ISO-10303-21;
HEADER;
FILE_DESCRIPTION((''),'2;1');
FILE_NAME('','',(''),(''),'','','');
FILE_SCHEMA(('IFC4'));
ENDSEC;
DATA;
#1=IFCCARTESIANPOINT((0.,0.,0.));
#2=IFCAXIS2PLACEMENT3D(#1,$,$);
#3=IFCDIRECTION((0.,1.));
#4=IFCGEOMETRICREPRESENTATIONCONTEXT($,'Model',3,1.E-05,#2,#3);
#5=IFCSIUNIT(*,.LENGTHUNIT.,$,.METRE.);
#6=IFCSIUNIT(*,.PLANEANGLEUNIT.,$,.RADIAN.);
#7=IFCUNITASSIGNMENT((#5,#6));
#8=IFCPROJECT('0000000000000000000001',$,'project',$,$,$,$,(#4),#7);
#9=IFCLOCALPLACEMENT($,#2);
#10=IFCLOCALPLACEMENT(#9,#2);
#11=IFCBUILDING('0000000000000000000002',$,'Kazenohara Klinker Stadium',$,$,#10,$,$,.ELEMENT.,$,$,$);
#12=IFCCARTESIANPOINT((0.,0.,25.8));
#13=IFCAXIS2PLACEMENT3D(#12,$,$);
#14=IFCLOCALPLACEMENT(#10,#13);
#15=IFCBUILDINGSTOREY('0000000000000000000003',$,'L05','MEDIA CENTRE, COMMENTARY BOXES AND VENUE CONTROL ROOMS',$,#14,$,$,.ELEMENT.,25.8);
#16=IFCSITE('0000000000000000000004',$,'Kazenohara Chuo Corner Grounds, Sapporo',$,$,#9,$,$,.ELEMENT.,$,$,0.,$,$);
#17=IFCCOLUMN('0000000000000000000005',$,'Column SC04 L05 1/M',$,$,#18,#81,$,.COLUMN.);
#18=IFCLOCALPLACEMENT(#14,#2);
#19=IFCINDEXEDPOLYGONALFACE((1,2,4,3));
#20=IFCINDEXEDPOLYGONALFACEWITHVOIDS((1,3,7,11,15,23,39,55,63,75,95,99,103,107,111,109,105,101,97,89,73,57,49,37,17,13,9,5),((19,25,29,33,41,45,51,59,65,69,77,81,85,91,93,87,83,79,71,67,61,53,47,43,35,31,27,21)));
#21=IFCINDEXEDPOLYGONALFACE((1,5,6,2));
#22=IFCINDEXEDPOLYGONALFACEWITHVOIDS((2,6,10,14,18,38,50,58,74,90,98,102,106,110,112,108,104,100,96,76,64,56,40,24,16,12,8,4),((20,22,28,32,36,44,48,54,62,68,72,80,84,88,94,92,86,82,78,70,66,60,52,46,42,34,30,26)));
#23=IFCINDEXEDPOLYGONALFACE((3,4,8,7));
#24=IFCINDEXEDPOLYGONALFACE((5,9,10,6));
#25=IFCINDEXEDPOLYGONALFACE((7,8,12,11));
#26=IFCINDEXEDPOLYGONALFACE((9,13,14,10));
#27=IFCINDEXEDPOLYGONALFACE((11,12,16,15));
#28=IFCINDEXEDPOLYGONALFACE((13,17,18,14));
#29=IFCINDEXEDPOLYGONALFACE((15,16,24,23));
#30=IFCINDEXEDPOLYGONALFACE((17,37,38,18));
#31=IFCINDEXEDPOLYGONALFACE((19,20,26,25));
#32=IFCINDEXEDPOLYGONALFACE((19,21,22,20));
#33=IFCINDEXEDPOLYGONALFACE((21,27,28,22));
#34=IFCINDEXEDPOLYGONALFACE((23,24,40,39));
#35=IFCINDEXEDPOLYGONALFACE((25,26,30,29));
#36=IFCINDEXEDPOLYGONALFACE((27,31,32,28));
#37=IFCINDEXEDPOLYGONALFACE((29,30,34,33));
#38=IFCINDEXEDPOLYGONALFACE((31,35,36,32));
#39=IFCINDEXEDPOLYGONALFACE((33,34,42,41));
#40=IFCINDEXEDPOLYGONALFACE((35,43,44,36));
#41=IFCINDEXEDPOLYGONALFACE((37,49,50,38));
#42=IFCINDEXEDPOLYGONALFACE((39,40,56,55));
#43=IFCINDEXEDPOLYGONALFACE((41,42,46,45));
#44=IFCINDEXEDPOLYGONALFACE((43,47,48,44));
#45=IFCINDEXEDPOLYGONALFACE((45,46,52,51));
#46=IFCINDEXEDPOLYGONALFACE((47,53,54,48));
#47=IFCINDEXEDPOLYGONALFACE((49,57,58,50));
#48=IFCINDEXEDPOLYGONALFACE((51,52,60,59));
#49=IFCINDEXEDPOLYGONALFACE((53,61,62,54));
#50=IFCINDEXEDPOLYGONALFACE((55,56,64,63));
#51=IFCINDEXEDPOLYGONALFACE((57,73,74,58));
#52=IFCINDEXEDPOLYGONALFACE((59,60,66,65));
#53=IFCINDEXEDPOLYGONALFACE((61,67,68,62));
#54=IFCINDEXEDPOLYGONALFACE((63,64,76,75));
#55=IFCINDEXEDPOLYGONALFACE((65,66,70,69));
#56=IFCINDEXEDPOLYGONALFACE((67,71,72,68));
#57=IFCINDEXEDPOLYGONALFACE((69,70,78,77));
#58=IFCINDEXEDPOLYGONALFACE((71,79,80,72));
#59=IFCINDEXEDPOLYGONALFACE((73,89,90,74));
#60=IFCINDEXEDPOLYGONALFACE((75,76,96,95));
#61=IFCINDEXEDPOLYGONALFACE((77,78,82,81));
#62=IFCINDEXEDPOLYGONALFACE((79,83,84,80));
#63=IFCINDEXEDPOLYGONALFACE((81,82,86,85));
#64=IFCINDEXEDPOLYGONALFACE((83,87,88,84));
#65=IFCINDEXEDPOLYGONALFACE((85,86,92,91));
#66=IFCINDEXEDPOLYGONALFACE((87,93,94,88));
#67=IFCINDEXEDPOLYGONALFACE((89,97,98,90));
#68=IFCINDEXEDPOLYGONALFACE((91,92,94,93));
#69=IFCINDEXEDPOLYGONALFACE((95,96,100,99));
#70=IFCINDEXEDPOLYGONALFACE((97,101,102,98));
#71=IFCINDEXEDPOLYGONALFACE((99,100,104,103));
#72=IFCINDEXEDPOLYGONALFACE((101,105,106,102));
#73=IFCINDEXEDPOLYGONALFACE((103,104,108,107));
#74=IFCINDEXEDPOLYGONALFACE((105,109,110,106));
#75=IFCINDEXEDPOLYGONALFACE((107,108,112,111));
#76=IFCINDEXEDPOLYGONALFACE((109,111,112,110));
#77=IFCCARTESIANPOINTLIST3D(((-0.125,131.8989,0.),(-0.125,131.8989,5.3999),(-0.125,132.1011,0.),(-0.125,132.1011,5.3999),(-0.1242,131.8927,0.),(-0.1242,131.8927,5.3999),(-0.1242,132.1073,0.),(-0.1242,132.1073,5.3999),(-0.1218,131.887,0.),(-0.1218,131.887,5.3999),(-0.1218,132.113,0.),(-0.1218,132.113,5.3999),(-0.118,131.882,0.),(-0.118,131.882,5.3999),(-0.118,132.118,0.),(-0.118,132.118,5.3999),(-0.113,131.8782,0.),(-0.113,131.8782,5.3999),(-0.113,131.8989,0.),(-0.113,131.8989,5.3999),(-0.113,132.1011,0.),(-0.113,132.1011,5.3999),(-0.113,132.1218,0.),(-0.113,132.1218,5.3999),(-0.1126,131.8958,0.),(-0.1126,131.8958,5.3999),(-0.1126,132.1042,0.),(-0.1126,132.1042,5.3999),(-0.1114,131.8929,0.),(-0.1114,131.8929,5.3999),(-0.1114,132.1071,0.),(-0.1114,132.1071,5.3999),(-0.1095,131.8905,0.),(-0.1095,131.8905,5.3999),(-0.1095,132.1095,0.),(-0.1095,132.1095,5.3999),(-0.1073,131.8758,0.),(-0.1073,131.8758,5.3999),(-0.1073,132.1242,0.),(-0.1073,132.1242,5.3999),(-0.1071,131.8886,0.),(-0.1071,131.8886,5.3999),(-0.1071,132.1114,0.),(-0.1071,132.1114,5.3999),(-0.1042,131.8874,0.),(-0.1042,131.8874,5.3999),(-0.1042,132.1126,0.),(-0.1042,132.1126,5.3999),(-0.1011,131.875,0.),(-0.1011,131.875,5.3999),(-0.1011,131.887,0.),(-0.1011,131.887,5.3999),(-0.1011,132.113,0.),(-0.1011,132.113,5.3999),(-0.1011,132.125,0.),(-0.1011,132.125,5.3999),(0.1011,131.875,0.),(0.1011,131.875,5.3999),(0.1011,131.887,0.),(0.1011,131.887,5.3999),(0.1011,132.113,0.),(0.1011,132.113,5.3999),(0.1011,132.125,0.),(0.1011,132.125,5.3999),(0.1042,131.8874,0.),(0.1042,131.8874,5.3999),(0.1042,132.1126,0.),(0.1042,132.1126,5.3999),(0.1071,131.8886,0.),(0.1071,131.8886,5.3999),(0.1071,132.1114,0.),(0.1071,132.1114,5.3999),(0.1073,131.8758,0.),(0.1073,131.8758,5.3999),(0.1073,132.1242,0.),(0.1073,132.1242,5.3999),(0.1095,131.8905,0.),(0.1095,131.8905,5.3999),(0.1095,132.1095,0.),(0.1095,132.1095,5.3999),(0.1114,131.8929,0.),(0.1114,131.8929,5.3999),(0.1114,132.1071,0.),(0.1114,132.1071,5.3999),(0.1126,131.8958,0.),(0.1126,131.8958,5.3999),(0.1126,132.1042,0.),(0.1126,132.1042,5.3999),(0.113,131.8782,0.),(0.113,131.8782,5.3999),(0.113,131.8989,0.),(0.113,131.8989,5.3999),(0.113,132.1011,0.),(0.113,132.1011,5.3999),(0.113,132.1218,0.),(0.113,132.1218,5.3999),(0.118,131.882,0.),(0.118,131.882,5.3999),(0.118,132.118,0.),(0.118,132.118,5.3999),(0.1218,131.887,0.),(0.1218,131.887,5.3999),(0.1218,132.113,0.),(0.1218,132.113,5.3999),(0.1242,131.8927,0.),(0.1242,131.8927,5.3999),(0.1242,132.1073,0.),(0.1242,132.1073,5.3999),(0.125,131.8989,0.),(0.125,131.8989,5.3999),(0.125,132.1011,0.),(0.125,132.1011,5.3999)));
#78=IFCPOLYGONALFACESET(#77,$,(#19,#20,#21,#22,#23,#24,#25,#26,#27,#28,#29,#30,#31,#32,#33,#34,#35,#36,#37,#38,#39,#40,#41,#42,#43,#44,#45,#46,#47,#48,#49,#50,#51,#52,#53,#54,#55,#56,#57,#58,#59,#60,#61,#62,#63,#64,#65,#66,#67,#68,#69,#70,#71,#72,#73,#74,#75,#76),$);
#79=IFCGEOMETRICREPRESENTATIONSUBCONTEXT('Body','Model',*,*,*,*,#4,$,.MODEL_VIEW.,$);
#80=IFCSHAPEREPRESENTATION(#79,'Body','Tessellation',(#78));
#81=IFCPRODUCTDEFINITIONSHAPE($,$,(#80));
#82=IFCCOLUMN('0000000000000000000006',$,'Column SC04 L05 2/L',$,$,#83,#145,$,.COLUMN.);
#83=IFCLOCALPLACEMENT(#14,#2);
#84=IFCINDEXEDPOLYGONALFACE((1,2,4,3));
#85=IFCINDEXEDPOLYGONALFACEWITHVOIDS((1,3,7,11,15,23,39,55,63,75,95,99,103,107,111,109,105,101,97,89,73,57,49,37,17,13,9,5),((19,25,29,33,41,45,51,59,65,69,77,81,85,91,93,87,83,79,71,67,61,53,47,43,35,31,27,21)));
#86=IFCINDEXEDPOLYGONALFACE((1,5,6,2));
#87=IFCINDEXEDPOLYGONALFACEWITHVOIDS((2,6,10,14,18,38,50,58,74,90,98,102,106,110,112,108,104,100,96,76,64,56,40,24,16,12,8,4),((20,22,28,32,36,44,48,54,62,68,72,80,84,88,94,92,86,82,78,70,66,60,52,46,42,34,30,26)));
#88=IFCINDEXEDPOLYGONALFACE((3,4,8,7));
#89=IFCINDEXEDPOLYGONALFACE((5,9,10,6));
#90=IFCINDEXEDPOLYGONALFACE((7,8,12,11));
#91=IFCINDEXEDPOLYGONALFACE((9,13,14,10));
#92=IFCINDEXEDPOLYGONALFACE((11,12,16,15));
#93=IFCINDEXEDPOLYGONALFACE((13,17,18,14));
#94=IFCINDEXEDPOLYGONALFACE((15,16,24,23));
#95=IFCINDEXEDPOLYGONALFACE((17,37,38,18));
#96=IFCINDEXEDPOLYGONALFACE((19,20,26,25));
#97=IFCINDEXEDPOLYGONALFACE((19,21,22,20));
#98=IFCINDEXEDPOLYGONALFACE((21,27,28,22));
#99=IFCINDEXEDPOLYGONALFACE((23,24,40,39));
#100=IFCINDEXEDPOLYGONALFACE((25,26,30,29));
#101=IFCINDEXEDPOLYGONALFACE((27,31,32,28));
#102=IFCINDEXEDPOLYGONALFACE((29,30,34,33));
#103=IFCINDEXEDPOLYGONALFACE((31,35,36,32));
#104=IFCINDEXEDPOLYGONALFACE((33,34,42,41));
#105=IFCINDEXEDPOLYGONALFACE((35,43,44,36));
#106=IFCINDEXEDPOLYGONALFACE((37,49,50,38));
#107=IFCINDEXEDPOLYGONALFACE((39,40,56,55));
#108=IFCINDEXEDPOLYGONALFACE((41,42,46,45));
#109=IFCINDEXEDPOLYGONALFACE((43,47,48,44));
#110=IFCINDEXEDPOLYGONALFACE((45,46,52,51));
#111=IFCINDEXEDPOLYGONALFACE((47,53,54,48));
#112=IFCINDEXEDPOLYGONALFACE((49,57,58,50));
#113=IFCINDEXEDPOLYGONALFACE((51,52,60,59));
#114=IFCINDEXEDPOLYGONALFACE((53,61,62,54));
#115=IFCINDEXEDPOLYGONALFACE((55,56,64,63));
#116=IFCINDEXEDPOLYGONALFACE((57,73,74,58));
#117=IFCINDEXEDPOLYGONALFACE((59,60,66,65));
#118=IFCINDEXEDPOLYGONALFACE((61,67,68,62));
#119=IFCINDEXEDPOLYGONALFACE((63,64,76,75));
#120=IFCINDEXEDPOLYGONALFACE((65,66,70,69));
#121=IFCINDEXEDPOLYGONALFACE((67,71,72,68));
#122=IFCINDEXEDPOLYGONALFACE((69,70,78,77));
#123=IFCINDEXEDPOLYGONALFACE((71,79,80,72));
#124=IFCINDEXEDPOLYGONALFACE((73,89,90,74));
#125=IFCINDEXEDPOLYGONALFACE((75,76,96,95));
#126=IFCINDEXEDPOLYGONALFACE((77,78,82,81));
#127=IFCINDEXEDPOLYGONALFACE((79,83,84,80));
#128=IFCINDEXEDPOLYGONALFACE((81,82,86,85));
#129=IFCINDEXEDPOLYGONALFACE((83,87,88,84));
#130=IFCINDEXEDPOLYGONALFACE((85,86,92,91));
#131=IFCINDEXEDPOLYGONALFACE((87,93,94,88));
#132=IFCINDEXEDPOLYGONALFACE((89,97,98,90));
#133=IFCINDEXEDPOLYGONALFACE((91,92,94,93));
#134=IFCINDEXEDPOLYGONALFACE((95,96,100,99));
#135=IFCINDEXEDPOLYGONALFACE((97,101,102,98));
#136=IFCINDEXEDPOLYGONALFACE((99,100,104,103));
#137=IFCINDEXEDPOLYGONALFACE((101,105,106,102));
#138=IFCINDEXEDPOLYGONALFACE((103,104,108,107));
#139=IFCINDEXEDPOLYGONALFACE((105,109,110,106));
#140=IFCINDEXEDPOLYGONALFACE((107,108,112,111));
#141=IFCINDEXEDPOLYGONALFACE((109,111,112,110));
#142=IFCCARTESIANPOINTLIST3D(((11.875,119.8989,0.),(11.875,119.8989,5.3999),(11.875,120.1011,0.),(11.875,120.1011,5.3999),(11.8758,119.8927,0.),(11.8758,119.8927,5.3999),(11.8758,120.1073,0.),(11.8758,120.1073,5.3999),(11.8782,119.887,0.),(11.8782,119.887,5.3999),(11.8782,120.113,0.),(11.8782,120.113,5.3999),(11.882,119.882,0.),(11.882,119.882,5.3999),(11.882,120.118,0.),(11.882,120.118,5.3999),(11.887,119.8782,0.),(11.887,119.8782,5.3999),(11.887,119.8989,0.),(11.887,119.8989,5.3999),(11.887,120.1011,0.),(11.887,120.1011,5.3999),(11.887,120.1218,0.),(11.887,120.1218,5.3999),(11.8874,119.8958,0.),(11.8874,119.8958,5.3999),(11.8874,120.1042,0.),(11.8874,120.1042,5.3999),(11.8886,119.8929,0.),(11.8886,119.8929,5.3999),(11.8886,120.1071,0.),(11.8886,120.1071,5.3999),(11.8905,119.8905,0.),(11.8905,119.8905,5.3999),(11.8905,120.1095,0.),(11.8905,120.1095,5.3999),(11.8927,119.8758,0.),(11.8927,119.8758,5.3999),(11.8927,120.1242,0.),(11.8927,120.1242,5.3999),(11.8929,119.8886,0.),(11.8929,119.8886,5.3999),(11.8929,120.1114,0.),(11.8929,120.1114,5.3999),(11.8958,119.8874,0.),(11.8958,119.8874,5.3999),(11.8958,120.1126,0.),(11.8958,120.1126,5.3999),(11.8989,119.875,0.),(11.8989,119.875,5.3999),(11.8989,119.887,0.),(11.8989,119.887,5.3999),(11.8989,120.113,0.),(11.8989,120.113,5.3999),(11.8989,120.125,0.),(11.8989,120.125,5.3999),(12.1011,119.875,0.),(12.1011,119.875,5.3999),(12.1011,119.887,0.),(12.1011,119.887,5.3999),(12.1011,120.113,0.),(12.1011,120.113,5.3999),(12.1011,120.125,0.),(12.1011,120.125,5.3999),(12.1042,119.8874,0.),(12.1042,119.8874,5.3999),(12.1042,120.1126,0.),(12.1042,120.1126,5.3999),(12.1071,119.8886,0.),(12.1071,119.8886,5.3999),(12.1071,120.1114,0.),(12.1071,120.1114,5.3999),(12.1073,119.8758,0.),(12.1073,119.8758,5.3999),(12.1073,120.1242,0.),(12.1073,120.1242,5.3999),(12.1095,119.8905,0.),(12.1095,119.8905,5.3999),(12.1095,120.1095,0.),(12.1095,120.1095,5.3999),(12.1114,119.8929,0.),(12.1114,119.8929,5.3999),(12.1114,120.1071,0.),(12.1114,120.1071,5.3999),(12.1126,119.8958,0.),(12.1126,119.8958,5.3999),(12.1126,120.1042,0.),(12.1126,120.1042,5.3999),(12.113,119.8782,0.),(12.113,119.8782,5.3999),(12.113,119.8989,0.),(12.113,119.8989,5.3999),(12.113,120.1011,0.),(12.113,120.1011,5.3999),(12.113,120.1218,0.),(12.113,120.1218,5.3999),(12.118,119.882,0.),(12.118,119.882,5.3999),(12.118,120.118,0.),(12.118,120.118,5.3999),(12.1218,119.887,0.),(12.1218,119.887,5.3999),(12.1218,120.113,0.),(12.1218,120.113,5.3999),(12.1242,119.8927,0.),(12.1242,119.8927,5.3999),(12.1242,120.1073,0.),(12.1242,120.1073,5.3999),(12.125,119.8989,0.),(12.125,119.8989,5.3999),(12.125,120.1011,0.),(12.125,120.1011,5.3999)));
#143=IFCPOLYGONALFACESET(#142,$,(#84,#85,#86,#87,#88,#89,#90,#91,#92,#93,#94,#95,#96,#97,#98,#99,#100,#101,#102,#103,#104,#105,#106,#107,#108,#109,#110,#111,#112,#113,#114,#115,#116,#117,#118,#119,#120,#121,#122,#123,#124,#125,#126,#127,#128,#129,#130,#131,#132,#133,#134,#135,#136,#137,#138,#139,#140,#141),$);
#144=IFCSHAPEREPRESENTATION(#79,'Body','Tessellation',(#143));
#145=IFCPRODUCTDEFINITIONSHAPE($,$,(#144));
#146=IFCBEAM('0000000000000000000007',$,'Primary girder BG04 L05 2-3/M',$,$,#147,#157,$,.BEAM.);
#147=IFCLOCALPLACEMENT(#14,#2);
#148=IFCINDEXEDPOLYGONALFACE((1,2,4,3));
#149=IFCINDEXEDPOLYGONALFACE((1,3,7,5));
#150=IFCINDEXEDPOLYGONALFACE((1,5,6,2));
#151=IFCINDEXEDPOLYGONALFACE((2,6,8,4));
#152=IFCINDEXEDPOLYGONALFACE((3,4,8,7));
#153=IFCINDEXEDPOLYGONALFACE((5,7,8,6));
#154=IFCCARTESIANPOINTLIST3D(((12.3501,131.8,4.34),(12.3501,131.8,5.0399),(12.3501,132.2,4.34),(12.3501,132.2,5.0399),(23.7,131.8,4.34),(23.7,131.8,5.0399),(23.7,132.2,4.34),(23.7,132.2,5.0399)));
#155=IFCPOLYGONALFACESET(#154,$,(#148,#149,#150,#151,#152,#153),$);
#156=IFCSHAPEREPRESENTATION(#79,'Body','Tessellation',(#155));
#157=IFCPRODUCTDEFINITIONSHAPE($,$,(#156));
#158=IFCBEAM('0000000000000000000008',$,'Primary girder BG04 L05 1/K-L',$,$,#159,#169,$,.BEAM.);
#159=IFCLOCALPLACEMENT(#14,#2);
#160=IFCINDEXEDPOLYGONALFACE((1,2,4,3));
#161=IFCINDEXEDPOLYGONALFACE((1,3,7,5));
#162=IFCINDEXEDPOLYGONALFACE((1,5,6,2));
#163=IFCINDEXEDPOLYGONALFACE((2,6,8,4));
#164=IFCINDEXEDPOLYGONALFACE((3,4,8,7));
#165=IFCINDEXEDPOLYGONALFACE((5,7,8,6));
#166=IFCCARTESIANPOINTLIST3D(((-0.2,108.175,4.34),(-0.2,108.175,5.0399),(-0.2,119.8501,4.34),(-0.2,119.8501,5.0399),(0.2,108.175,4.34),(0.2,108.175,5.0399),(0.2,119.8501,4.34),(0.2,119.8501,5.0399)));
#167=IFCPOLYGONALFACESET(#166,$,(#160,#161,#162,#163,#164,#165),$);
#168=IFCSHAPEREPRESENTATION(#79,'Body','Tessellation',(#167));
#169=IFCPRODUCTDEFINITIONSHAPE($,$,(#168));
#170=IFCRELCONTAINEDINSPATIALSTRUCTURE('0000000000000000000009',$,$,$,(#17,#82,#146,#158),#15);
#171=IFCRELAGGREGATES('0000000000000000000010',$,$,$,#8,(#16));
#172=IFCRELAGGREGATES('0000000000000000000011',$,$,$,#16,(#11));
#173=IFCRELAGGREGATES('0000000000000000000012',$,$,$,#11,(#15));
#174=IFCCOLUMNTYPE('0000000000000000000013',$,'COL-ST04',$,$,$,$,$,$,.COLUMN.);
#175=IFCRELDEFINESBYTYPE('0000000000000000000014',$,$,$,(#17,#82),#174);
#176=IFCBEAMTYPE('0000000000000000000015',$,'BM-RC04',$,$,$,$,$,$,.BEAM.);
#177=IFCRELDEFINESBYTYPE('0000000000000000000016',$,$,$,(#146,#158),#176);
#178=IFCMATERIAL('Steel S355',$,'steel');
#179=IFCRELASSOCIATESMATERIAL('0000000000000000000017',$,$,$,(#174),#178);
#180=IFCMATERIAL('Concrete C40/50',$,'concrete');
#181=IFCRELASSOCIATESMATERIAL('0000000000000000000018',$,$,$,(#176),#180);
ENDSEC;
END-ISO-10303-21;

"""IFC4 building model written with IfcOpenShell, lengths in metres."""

from ifc_helpers import new_model, si_unit, direction, frame, origin, origin_2d, place, context, subcontext, project, spatial, rectangle, hollow_rectangle, extrude, material, material_profile, profile_set, type_object, element, save


model = new_model("IFC4")

# Units and contexts
model_context = context("Model", 3, precision=1e-05, world=origin(), true_north=direction((0.0, 1.0)))
body_context = subcontext(model_context, "Body", "Model", "MODEL_VIEW")
ifc_project = project(units=[si_unit("LENGTHUNIT", "METRE"), si_unit("PLANEANGLEUNIT", "RADIAN")], contexts=[model_context])

# Site, building, storey
site_placement = place(None, origin())
site = spatial("IfcSite", under=ifc_project, at=site_placement, Name="Kazenohara Chuo Corner Grounds, Sapporo", CompositionType="ELEMENT", RefElevation=0.0)
building_placement = place(site_placement, origin())
building = spatial("IfcBuilding", under=site, at=building_placement, Name="Kazenohara Klinker Stadium", CompositionType="ELEMENT")
storey_placement = place(building_placement, frame((0.0, 0.0, 25.8)))
storey = spatial("IfcBuildingStorey", under=building, at=storey_placement, Name="L05", Description="MEDIA CENTRE, COMMENTARY BOXES AND VENUE CONTROL ROOMS", CompositionType="ELEMENT", Elevation=25.8)

# Columns
ifc_material_1 = material(Name="Concrete C40/50", Category="concrete")
ifc_material_2 = material(Name="Steel S355", Category="steel")
ifc_material_profile_1 = material_profile(ifc_material_2, hollow_rectangle(XDim=0.25, YDim=0.25, WallThickness=0.012, InnerFilletRadius=0.012, OuterFilletRadius=0.0239, at=origin_2d()), Name="SHS-250x250x12")
ifc_profile_set_1 = profile_set([ifc_material_profile_1], Name="Steel S355")
column_type_1 = type_object("IfcColumnType", Name="COL-ST04", PredefinedType="COLUMN", material=ifc_profile_set_1)
for number, where, z_axis, x_axis, name in (
    (1, (0.0, 132.0, 0.0), (0.0, 0.0, 1.0), (1.0, 0.0, 0.0), "Column SC04 L05 1/M"),
    (2, (12.0, 120.0, 0.0), (0.0, 0.0, 1.0), (1.0, 0.0, 0.0), "Column SC04 L05 2/L"),
):
    element("IfcColumn", number, at=place(storey_placement, frame(where, z_axis=z_axis, x_axis=x_axis)), inside=storey, type_object=column_type_1, Name=name, PredefinedType="COLUMN", context=body_context, shape_type="SweptSolid", body=[
        extrude(hollow_rectangle(XDim=0.25, YDim=0.25, WallThickness=0.012, InnerFilletRadius=0.012, OuterFilletRadius=0.0239, at=origin_2d()), origin(), (0.0, 0.0, 1.0), 5.3999),
    ])

# Beams
ifc_material_profile_2 = material_profile(ifc_material_1, rectangle(XDim=0.3999, YDim=0.7, at=origin_2d()), Name="RC-BM-400x700")
ifc_profile_set_2 = profile_set([ifc_material_profile_2], Name="Concrete C40/50")
beam_type_1 = type_object("IfcBeamType", Name="BM-RC04", PredefinedType="BEAM", material=ifc_profile_set_2)
beam_1_placement = place(storey_placement, frame((12.3501, 132.0, 4.6899), z_axis=(1.0, 0.0, 0.0), x_axis=(0.0, 1.0, 0.0)))
element("IfcBeam", 3, at=beam_1_placement, inside=storey, type_object=beam_type_1, Name="Primary girder BG04 L05 2-3/M", PredefinedType="BEAM", context=body_context, shape_type="SweptSolid", body=[
    extrude(rectangle(XDim=0.3999, YDim=0.7, at=origin_2d()), origin(), (0.0, 0.0, 1.0), 11.3499),
])
beam_2_placement = place(storey_placement, frame((0.0, 108.175, 4.6899), z_axis=(0.0, 1.0, 0.0), x_axis=(-1.0, 0.0, 0.0)))
element("IfcBeam", 4, at=beam_2_placement, inside=storey, type_object=beam_type_1, Name="Primary girder BG04 L05 1/K-L", PredefinedType="BEAM", context=body_context, shape_type="SweptSolid", body=[
    extrude(rectangle(XDim=0.3999, YDim=0.7, at=origin_2d()), origin(), (0.0, 0.0, 1.0), 11.675),
])

save(model, "model.ifc")
